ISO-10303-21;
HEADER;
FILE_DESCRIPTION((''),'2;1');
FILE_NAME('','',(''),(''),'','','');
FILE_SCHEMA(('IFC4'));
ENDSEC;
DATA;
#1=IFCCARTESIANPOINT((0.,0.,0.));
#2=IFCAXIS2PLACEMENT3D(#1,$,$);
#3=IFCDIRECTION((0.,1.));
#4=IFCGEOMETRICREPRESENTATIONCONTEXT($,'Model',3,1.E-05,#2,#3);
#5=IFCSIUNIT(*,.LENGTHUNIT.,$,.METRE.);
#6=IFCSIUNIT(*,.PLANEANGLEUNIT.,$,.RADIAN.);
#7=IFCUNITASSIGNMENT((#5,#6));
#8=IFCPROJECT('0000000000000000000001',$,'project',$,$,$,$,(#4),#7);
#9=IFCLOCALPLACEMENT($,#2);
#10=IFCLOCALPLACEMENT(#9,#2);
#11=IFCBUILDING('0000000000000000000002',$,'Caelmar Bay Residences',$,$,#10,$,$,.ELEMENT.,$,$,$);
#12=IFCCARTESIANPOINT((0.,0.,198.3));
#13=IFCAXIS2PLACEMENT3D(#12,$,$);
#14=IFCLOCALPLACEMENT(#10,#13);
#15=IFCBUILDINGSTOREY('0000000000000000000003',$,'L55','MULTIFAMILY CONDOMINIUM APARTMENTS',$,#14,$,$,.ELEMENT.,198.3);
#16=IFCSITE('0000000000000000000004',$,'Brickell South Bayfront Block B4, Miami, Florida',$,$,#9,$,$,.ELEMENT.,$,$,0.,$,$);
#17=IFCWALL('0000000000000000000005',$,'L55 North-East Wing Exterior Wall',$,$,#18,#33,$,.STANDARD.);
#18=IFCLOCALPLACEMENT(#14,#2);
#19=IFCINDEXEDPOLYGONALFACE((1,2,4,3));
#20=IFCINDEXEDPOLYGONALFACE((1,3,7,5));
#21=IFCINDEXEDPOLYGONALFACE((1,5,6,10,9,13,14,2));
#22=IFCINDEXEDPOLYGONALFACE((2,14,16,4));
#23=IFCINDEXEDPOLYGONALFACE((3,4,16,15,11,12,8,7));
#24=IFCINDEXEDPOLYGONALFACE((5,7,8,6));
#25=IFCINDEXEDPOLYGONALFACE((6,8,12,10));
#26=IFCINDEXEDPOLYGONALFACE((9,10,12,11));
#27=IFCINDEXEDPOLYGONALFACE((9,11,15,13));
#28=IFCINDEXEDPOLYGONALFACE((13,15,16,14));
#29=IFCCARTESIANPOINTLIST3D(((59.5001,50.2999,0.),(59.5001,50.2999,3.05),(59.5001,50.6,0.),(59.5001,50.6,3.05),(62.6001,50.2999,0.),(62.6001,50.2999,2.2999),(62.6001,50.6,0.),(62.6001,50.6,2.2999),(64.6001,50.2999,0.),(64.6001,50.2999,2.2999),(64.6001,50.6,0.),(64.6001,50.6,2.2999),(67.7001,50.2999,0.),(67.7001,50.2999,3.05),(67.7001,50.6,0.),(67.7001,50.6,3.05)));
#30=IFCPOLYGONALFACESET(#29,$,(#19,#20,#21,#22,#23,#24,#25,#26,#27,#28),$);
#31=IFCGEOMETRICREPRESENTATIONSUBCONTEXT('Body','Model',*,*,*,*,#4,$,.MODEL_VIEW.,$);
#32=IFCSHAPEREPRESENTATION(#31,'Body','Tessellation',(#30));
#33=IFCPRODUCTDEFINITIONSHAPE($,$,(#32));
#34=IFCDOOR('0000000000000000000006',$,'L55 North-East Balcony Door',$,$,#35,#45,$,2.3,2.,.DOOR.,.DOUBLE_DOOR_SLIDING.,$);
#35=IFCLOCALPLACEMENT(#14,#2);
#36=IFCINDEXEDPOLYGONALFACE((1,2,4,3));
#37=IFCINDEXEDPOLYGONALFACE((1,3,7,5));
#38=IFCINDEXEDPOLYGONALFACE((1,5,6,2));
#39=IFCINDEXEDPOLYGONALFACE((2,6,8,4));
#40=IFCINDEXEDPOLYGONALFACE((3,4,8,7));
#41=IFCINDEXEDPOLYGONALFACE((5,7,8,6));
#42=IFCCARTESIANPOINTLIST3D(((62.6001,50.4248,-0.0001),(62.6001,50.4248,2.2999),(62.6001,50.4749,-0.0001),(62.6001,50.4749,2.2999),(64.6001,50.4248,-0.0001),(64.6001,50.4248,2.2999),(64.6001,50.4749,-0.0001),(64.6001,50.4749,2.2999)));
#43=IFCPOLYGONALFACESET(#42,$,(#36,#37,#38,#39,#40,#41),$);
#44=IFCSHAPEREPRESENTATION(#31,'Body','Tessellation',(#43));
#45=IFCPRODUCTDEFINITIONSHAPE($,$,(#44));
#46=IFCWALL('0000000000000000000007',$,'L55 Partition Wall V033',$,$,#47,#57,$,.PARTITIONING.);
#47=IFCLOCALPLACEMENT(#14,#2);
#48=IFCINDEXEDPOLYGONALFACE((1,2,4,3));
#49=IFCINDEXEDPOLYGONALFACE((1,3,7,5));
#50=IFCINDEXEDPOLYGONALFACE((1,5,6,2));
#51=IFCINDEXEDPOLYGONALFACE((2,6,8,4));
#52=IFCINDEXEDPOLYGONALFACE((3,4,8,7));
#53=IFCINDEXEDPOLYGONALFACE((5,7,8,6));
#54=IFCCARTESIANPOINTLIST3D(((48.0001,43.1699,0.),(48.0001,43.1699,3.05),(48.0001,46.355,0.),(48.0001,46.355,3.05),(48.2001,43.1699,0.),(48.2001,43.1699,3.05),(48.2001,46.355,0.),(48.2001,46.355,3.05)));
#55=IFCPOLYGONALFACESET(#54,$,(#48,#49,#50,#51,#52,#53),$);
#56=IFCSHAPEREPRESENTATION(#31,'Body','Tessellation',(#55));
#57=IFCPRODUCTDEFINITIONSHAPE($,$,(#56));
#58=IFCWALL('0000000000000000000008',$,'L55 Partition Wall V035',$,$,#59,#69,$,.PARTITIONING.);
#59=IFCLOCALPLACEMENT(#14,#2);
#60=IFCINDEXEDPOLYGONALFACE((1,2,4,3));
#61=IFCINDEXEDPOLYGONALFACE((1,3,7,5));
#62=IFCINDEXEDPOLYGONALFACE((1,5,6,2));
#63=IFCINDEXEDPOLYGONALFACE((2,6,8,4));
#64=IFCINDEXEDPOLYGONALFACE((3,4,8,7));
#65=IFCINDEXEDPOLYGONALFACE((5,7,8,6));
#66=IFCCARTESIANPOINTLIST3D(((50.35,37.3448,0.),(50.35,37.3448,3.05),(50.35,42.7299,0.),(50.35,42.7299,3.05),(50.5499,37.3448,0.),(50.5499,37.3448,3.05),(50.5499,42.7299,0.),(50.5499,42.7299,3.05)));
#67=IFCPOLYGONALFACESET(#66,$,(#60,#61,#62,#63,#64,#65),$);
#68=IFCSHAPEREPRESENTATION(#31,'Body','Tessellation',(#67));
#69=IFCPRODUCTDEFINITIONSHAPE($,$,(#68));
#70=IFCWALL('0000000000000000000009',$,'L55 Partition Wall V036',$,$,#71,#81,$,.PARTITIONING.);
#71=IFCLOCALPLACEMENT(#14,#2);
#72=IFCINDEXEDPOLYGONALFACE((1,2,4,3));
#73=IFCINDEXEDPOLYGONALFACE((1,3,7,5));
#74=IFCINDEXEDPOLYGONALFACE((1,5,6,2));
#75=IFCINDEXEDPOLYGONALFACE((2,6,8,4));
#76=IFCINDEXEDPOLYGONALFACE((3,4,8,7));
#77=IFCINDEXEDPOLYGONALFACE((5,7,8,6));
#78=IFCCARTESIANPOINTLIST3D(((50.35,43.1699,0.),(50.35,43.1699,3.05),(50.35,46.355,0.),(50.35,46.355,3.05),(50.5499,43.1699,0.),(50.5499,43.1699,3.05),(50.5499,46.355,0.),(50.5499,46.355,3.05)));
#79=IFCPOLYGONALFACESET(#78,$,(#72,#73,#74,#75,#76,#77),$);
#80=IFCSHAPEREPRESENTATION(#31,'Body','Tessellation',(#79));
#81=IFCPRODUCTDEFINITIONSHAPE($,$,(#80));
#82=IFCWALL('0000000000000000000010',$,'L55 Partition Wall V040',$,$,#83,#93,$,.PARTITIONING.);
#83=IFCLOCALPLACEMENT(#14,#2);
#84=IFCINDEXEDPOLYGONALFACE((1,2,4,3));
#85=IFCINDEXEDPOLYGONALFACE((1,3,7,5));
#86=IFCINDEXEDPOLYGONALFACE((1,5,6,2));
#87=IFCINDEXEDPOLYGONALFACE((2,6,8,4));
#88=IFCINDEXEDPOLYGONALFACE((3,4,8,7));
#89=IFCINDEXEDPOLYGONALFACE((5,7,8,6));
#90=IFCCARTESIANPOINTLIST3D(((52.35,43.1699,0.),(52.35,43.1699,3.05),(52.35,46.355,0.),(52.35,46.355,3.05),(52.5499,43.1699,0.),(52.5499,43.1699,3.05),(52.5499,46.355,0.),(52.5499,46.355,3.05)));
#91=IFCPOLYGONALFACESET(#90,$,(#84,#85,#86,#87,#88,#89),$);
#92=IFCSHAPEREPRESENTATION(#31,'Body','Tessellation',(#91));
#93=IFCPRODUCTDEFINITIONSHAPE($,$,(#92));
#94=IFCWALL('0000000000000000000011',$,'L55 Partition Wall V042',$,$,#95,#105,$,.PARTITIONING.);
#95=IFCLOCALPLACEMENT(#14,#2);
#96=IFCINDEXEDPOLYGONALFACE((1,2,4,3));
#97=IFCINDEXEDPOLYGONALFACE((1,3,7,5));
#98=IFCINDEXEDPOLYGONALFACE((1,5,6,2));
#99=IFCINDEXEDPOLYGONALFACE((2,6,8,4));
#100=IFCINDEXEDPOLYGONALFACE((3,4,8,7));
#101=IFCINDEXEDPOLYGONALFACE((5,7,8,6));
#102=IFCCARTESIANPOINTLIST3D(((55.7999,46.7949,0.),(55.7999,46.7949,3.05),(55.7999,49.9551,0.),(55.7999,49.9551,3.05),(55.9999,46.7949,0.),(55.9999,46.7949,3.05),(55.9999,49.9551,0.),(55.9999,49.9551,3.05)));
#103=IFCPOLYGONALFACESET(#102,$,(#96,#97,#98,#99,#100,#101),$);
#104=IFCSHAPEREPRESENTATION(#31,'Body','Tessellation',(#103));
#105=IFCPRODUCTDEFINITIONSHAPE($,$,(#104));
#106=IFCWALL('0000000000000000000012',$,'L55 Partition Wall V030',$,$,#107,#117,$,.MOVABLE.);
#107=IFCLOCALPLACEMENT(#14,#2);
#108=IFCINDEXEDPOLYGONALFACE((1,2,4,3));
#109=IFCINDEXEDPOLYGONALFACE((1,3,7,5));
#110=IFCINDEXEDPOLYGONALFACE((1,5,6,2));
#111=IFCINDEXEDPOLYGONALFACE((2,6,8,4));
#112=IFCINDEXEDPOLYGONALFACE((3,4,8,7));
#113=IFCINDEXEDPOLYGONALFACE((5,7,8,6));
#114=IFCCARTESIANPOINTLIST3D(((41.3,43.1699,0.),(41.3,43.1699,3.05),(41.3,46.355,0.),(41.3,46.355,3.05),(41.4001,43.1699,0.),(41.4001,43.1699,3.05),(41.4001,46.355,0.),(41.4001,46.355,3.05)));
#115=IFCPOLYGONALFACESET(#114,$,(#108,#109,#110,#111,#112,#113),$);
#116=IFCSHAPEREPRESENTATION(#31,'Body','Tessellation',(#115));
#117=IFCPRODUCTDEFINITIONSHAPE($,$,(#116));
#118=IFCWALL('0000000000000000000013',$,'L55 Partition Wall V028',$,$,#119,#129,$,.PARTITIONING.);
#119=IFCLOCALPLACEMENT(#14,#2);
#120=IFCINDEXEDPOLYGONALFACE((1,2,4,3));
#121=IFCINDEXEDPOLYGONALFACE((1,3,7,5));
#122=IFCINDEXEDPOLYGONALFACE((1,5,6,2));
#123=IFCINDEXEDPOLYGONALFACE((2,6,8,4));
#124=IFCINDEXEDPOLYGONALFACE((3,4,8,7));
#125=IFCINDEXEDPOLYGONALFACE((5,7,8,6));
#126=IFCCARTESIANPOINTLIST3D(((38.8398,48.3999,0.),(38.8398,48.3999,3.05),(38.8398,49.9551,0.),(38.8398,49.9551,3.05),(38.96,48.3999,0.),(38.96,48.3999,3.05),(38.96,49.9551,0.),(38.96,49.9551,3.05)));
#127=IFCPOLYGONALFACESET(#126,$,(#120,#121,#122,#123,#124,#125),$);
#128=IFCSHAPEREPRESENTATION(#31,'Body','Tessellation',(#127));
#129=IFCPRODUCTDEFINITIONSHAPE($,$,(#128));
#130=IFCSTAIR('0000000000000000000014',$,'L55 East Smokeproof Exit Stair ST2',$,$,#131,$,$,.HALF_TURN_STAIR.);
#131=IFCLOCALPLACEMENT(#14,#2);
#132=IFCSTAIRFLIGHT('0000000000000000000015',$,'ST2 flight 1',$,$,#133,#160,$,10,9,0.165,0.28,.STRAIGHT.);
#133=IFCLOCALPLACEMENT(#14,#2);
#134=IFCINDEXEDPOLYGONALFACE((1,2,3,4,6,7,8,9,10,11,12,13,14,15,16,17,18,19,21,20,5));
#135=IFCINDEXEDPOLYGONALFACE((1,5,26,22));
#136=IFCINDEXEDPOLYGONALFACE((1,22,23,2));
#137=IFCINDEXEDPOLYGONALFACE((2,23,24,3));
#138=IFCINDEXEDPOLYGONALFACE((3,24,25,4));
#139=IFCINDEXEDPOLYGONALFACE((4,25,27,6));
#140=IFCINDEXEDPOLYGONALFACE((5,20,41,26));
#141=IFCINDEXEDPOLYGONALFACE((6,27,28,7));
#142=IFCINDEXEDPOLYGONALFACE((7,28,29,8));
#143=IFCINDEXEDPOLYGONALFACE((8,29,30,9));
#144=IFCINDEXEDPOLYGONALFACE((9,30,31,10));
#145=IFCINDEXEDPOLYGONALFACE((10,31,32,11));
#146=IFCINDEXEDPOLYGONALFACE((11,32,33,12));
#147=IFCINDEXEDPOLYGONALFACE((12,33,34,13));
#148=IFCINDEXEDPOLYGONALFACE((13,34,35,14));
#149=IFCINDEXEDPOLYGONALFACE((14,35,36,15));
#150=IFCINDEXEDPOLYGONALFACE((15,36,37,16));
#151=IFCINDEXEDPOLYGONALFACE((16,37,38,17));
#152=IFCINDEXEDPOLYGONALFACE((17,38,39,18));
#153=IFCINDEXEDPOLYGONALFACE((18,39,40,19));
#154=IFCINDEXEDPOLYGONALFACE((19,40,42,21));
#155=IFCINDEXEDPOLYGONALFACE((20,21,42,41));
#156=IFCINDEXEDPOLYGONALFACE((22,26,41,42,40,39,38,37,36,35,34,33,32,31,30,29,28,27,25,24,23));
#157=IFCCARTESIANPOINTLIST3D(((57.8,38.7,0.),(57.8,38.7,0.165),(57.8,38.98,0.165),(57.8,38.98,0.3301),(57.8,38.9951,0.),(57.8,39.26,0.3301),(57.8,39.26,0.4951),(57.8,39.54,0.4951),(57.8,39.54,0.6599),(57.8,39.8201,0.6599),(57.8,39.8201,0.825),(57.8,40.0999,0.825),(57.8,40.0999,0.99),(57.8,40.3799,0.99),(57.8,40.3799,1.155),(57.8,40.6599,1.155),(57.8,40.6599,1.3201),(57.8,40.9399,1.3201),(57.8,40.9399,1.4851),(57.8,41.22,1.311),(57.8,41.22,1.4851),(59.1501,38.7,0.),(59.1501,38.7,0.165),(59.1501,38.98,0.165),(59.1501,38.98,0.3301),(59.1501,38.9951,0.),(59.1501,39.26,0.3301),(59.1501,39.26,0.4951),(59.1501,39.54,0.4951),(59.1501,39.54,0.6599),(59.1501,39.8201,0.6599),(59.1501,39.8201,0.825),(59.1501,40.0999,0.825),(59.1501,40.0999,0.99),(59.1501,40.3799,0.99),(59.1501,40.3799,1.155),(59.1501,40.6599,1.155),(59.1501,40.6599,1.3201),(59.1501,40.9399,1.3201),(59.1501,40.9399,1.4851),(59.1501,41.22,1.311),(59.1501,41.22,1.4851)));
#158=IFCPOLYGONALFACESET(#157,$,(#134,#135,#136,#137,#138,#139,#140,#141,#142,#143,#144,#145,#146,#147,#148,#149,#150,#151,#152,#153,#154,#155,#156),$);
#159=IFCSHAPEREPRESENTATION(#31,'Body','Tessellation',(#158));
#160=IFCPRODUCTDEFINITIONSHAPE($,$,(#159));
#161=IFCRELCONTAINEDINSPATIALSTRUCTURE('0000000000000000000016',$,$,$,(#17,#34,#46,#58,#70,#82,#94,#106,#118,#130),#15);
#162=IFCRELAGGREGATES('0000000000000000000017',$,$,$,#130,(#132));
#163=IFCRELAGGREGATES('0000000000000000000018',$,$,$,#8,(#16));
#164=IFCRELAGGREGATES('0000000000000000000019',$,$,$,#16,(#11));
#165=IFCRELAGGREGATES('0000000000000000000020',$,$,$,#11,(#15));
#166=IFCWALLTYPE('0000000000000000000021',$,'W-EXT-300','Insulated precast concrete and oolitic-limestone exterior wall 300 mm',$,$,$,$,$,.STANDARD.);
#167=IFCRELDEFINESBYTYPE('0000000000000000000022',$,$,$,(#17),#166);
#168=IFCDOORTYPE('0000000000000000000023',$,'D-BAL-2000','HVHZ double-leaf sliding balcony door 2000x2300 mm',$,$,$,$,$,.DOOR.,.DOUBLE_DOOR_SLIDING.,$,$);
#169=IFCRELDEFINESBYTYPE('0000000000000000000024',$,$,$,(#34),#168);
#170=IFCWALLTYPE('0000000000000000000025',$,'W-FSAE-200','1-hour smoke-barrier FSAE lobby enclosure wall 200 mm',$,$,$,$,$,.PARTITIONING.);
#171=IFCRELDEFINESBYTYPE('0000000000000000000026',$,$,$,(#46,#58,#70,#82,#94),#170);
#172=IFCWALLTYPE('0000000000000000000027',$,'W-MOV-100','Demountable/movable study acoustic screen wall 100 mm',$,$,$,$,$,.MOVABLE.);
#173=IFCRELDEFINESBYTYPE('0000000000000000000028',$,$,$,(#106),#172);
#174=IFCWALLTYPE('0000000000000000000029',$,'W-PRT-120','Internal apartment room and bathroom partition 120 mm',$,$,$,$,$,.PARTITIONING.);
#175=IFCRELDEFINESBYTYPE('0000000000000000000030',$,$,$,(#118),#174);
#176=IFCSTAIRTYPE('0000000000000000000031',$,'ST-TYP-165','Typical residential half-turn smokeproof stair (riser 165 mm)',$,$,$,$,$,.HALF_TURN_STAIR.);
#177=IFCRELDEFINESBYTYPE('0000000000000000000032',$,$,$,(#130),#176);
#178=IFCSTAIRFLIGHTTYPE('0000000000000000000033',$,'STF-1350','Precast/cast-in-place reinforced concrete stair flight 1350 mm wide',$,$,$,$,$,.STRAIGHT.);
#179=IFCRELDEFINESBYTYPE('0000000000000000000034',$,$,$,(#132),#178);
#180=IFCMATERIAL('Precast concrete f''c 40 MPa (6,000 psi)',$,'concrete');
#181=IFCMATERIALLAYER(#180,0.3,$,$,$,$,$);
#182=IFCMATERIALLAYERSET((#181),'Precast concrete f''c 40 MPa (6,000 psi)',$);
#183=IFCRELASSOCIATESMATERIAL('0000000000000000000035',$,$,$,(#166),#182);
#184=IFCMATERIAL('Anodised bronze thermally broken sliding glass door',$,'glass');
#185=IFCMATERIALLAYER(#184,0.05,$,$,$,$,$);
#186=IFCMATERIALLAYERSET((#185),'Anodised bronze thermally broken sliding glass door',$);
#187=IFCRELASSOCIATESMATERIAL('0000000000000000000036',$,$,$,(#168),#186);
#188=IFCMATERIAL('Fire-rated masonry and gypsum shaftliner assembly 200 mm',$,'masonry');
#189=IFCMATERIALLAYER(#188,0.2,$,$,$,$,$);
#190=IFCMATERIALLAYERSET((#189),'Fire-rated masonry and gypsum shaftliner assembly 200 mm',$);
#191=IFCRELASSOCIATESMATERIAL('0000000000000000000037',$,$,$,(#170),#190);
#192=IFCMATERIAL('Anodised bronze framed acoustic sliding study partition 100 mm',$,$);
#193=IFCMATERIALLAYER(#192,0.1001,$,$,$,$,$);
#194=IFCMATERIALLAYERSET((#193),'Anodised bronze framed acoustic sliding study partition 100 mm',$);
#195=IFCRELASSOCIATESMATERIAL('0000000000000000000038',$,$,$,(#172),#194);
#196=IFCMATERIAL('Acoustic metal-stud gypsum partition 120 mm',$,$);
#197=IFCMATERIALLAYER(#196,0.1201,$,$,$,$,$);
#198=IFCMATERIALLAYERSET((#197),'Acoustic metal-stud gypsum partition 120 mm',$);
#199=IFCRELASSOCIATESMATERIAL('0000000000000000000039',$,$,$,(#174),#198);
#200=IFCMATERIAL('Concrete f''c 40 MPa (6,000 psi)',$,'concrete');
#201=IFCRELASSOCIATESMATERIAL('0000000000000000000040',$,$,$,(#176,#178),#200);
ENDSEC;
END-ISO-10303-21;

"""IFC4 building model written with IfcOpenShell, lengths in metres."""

from ifc_helpers import new_model, si_unit, direction, frame, frame_2d, origin, place, context, subcontext, project, spatial, polyline, rectangle, outline, extrude, material, layer, layer_set, type_object, element, fill, aggregate, save


model = new_model("IFC4")

# Units and contexts
model_context = context("Model", 3, precision=1e-05, world=origin(), true_north=direction((0.0, 1.0)))
body_context = subcontext(model_context, "Body", "Model", "MODEL_VIEW")
ifc_project = project(units=[si_unit("LENGTHUNIT", "METRE"), si_unit("PLANEANGLEUNIT", "RADIAN")], contexts=[model_context])

# Site, building, storey
site_placement = place(None, origin())
site = spatial("IfcSite", under=ifc_project, at=site_placement, Name="Brickell South Bayfront Block B4, Miami, Florida", CompositionType="ELEMENT", RefElevation=0.0)
building_placement = place(site_placement, origin())
building = spatial("IfcBuilding", under=site, at=building_placement, Name="Caelmar Bay Residences", CompositionType="ELEMENT")
storey_placement = place(building_placement, frame((0.0, 0.0, 198.3)))
storey = spatial("IfcBuildingStorey", under=building, at=storey_placement, Name="L55", Description="MULTIFAMILY CONDOMINIUM APARTMENTS", CompositionType="ELEMENT", Elevation=198.3)

# Wall, opening, door
ifc_material_1 = material(Name="Precast concrete f'c 40 MPa (6,000 psi)", Category="concrete")
ifc_layer_1 = layer(ifc_material_1, 0.3)
ifc_layer_set_1 = layer_set([ifc_layer_1], Name="Precast concrete f'c 40 MPa (6,000 psi)")
wall_type_1 = type_object("IfcWallType", Name="W-EXT-300", Description="Insulated precast concrete and oolitic-limestone exterior wall 300 mm", PredefinedType="STANDARD", material=ifc_layer_set_1)
wall_1_placement = place(storey_placement, frame((59.5, 50.45, 0.0), z_axis=(0.0, 0.0, 1.0), x_axis=(1.0, 0.0, 0.0)))
wall_1 = element("IfcWall", 1, at=wall_1_placement, inside=storey, type_object=wall_type_1, Name="L55 North-East Wing Exterior Wall", PredefinedType="STANDARD", context=body_context, shape_type="SweptSolid", body=[
    extrude(rectangle(XDim=8.2, YDim=0.3, at=frame_2d((4.1001, 0.0))), origin(), (0.0, 0.0, 1.0), 3.05),
])
opening_1_placement = place(wall_1_placement, frame((3.1001, 0.0, 0.0)))
opening_1 = element("IfcOpeningElement", 2, at=opening_1_placement, cuts=wall_1, PredefinedType="OPENING", context=body_context, shape_type="SweptSolid", body=[
    extrude(rectangle(XDim=2.0, YDim=2.3, at=frame_2d((1.0, 1.1499))), frame((0.0, 0.1599, 0.0), z_axis=(0.0, -1.0, 0.0), x_axis=(1.0, 0.0, 0.0)), (0.0, 0.0, 1.0), 0.3201),
])
ifc_material_2 = material(Name="Anodised bronze thermally broken sliding glass door", Category="glass")
ifc_layer_2 = layer(ifc_material_2, 0.05)
ifc_layer_set_2 = layer_set([ifc_layer_2], Name="Anodised bronze thermally broken sliding glass door")
door_type_1 = type_object("IfcDoorType", Name="D-BAL-2000", Description="HVHZ double-leaf sliding balcony door 2000x2300 mm", OperationType="DOUBLE_DOOR_SLIDING", PredefinedType="DOOR", material=ifc_layer_set_2)
door_1_placement = place(opening_1_placement, origin())
door_1 = element("IfcDoor", 3, at=door_1_placement, inside=storey, type_object=door_type_1, Name="L55 North-East Balcony Door", OperationType="DOUBLE_DOOR_SLIDING", OverallHeight=2.3, OverallWidth=2.0, PredefinedType="DOOR", context=body_context, shape_type="SweptSolid", body=[
    extrude(rectangle(XDim=2.0, YDim=2.3, at=frame_2d((1.0, 1.1499))), frame((0.0, 0.0249, 0.0), z_axis=(0.0, -1.0, 0.0), x_axis=(1.0, 0.0, 0.0)), (0.0, 0.0, 1.0), 0.05),
])
fill(opening_1, door_1)

# Walls
ifc_material_3 = material(Name="Fire-rated masonry and gypsum shaftliner assembly 200 mm", Category="masonry")
ifc_layer_3 = layer(ifc_material_3, 0.2)
ifc_layer_set_3 = layer_set([ifc_layer_3], Name="Fire-rated masonry and gypsum shaftliner assembly 200 mm")
wall_type_2 = type_object("IfcWallType", Name="W-FSAE-200", Description="1-hour smoke-barrier FSAE lobby enclosure wall 200 mm", PredefinedType="PARTITIONING", material=ifc_layer_set_3)
wall_2_placement = place(storey_placement, frame((48.1001, 43.1699, 0.0), z_axis=(0.0, 0.0, 1.0), x_axis=(0.0, 1.0, 0.0)))
element("IfcWall", 4, at=wall_2_placement, inside=storey, type_object=wall_type_2, Name="L55 Partition Wall V033", PredefinedType="PARTITIONING", context=body_context, shape_type="SweptSolid", body=[
    extrude(rectangle(XDim=3.1851, YDim=0.2, at=frame_2d((1.5925, 0.0))), origin(), (0.0, 0.0, 1.0), 3.05),
])
wall_3_placement = place(storey_placement, frame((50.45, 37.345, 0.0), z_axis=(0.0, 0.0, 1.0), x_axis=(0.0, 1.0, 0.0)))
element("IfcWall", 5, at=wall_3_placement, inside=storey, type_object=wall_type_2, Name="L55 Partition Wall V035", PredefinedType="PARTITIONING", context=body_context, shape_type="SweptSolid", body=[
    extrude(rectangle(XDim=5.385, YDim=0.2, at=frame_2d((2.6924, 0.0))), origin(), (0.0, 0.0, 1.0), 3.05),
])
for number, where, z_axis, x_axis, name in (
    (6, (50.45, 43.1699, 0.0), (0.0, 0.0, 1.0), (0.0, 1.0, 0.0), "L55 Partition Wall V036"),
    (7, (52.45, 43.1699, 0.0), (0.0, 0.0, 1.0), (0.0, 1.0, 0.0), "L55 Partition Wall V040"),
):
    element("IfcWall", number, at=place(storey_placement, frame(where, z_axis=z_axis, x_axis=x_axis)), inside=storey, type_object=wall_type_2, Name=name, PredefinedType="PARTITIONING", context=body_context, shape_type="SweptSolid", body=[
        extrude(rectangle(XDim=3.1851, YDim=0.2, at=frame_2d((1.5925, 0.0))), origin(), (0.0, 0.0, 1.0), 3.05),
    ])
wall_4_placement = place(storey_placement, frame((55.8999, 46.7949, 0.0), z_axis=(0.0, 0.0, 1.0), x_axis=(0.0, 1.0, 0.0)))
element("IfcWall", 8, at=wall_4_placement, inside=storey, type_object=wall_type_2, Name="L55 Partition Wall V042", PredefinedType="PARTITIONING", context=body_context, shape_type="SweptSolid", body=[
    extrude(rectangle(XDim=3.1602, YDim=0.2, at=frame_2d((1.5801, 0.0))), origin(), (0.0, 0.0, 1.0), 3.05),
])
ifc_material_4 = material(Name="Anodised bronze framed acoustic sliding study partition 100 mm")
ifc_layer_4 = layer(ifc_material_4, 0.1001)
ifc_layer_set_4 = layer_set([ifc_layer_4], Name="Anodised bronze framed acoustic sliding study partition 100 mm")
wall_type_3 = type_object("IfcWallType", Name="W-MOV-100", Description="Demountable/movable study acoustic screen wall 100 mm", PredefinedType="MOVABLE", material=ifc_layer_set_4)
wall_5_placement = place(storey_placement, frame((41.3501, 43.1699, 0.0), z_axis=(0.0, 0.0, 1.0), x_axis=(0.0, 1.0, 0.0)))
element("IfcWall", 9, at=wall_5_placement, inside=storey, type_object=wall_type_3, Name="L55 Partition Wall V030", PredefinedType="MOVABLE", context=body_context, shape_type="SweptSolid", body=[
    extrude(rectangle(XDim=3.1851, YDim=0.1001, at=frame_2d((1.5925, 0.0))), origin(), (0.0, 0.0, 1.0), 3.05),
])
ifc_material_5 = material(Name="Acoustic metal-stud gypsum partition 120 mm")
ifc_layer_5 = layer(ifc_material_5, 0.1201)
ifc_layer_set_5 = layer_set([ifc_layer_5], Name="Acoustic metal-stud gypsum partition 120 mm")
wall_type_4 = type_object("IfcWallType", Name="W-PRT-120", Description="Internal apartment room and bathroom partition 120 mm", PredefinedType="PARTITIONING", material=ifc_layer_set_5)
wall_6_placement = place(storey_placement, frame((38.8999, 48.3999, 0.0), z_axis=(0.0, 0.0, 1.0), x_axis=(0.0, 1.0, 0.0)))
element("IfcWall", 10, at=wall_6_placement, inside=storey, type_object=wall_type_4, Name="L55 Partition Wall V028", PredefinedType="PARTITIONING", context=body_context, shape_type="SweptSolid", body=[
    extrude(rectangle(XDim=1.5552, YDim=0.1201, at=frame_2d((0.7776, 0.0))), origin(), (0.0, 0.0, 1.0), 3.05),
])

# Stair, stair flight
ifc_material_6 = material(Name="Concrete f'c 40 MPa (6,000 psi)", Category="concrete")
stair_type = type_object("IfcStairType", Name="ST-TYP-165", Description="Typical residential half-turn smokeproof stair (riser 165 mm)", PredefinedType="HALF_TURN_STAIR", material=ifc_material_6)
stair_placement = place(storey_placement, origin())
stair = element("IfcStair", 11, at=stair_placement, inside=storey, type_object=stair_type, Name="L55 East Smokeproof Exit Stair ST2", PredefinedType="HALF_TURN_STAIR")
stair_flight_type = type_object("IfcStairFlightType", Name="STF-1350", Description="Precast/cast-in-place reinforced concrete stair flight 1350 mm wide", PredefinedType="STRAIGHT", material=ifc_material_6)
stair_flight_1_placement = place(storey_placement, frame((58.4751, 38.7, 0.0), z_axis=(0.0, 0.0, 1.0), x_axis=(0.0, 1.0, 0.0)))
stair_flight_1 = element("IfcStairFlight", 12, at=stair_flight_1_placement, type_object=stair_flight_type, Name="ST2 flight 1", NumberOfRisers=10, NumberOfTreads=9, PredefinedType="STRAIGHT", RiserHeight=0.165, TreadLength=0.28, context=body_context, shape_type="SweptSolid", body=[
    extrude(outline(polyline([(0.0, 0.0), (0.0, 0.165), (0.28, 0.165), (0.28, 0.3301), (0.5601, 0.3301), (0.5601, 0.4951), (0.8401, 0.4951), (0.8401, 0.6599), (1.1201, 0.6599), (1.1201, 0.825), (1.3999, 0.825), (1.3999, 0.99), (1.6799, 0.99), (1.6799, 1.155), (1.96, 1.155), (1.96, 1.3201), (2.24, 1.3201), (2.24, 1.4851), (2.52, 1.4851), (2.52, 1.6499), (2.52, 1.311), (0.2952, 0.0), (0.0, 0.0)])), frame((0.0, 0.675, 0.0), z_axis=(0.0, -1.0, 0.0), x_axis=(1.0, 0.0, 0.0)), (0.0, 0.0, 1.0), 1.3501),
])
aggregate(stair, [stair_flight_1])

save(model, "model.ifc")
